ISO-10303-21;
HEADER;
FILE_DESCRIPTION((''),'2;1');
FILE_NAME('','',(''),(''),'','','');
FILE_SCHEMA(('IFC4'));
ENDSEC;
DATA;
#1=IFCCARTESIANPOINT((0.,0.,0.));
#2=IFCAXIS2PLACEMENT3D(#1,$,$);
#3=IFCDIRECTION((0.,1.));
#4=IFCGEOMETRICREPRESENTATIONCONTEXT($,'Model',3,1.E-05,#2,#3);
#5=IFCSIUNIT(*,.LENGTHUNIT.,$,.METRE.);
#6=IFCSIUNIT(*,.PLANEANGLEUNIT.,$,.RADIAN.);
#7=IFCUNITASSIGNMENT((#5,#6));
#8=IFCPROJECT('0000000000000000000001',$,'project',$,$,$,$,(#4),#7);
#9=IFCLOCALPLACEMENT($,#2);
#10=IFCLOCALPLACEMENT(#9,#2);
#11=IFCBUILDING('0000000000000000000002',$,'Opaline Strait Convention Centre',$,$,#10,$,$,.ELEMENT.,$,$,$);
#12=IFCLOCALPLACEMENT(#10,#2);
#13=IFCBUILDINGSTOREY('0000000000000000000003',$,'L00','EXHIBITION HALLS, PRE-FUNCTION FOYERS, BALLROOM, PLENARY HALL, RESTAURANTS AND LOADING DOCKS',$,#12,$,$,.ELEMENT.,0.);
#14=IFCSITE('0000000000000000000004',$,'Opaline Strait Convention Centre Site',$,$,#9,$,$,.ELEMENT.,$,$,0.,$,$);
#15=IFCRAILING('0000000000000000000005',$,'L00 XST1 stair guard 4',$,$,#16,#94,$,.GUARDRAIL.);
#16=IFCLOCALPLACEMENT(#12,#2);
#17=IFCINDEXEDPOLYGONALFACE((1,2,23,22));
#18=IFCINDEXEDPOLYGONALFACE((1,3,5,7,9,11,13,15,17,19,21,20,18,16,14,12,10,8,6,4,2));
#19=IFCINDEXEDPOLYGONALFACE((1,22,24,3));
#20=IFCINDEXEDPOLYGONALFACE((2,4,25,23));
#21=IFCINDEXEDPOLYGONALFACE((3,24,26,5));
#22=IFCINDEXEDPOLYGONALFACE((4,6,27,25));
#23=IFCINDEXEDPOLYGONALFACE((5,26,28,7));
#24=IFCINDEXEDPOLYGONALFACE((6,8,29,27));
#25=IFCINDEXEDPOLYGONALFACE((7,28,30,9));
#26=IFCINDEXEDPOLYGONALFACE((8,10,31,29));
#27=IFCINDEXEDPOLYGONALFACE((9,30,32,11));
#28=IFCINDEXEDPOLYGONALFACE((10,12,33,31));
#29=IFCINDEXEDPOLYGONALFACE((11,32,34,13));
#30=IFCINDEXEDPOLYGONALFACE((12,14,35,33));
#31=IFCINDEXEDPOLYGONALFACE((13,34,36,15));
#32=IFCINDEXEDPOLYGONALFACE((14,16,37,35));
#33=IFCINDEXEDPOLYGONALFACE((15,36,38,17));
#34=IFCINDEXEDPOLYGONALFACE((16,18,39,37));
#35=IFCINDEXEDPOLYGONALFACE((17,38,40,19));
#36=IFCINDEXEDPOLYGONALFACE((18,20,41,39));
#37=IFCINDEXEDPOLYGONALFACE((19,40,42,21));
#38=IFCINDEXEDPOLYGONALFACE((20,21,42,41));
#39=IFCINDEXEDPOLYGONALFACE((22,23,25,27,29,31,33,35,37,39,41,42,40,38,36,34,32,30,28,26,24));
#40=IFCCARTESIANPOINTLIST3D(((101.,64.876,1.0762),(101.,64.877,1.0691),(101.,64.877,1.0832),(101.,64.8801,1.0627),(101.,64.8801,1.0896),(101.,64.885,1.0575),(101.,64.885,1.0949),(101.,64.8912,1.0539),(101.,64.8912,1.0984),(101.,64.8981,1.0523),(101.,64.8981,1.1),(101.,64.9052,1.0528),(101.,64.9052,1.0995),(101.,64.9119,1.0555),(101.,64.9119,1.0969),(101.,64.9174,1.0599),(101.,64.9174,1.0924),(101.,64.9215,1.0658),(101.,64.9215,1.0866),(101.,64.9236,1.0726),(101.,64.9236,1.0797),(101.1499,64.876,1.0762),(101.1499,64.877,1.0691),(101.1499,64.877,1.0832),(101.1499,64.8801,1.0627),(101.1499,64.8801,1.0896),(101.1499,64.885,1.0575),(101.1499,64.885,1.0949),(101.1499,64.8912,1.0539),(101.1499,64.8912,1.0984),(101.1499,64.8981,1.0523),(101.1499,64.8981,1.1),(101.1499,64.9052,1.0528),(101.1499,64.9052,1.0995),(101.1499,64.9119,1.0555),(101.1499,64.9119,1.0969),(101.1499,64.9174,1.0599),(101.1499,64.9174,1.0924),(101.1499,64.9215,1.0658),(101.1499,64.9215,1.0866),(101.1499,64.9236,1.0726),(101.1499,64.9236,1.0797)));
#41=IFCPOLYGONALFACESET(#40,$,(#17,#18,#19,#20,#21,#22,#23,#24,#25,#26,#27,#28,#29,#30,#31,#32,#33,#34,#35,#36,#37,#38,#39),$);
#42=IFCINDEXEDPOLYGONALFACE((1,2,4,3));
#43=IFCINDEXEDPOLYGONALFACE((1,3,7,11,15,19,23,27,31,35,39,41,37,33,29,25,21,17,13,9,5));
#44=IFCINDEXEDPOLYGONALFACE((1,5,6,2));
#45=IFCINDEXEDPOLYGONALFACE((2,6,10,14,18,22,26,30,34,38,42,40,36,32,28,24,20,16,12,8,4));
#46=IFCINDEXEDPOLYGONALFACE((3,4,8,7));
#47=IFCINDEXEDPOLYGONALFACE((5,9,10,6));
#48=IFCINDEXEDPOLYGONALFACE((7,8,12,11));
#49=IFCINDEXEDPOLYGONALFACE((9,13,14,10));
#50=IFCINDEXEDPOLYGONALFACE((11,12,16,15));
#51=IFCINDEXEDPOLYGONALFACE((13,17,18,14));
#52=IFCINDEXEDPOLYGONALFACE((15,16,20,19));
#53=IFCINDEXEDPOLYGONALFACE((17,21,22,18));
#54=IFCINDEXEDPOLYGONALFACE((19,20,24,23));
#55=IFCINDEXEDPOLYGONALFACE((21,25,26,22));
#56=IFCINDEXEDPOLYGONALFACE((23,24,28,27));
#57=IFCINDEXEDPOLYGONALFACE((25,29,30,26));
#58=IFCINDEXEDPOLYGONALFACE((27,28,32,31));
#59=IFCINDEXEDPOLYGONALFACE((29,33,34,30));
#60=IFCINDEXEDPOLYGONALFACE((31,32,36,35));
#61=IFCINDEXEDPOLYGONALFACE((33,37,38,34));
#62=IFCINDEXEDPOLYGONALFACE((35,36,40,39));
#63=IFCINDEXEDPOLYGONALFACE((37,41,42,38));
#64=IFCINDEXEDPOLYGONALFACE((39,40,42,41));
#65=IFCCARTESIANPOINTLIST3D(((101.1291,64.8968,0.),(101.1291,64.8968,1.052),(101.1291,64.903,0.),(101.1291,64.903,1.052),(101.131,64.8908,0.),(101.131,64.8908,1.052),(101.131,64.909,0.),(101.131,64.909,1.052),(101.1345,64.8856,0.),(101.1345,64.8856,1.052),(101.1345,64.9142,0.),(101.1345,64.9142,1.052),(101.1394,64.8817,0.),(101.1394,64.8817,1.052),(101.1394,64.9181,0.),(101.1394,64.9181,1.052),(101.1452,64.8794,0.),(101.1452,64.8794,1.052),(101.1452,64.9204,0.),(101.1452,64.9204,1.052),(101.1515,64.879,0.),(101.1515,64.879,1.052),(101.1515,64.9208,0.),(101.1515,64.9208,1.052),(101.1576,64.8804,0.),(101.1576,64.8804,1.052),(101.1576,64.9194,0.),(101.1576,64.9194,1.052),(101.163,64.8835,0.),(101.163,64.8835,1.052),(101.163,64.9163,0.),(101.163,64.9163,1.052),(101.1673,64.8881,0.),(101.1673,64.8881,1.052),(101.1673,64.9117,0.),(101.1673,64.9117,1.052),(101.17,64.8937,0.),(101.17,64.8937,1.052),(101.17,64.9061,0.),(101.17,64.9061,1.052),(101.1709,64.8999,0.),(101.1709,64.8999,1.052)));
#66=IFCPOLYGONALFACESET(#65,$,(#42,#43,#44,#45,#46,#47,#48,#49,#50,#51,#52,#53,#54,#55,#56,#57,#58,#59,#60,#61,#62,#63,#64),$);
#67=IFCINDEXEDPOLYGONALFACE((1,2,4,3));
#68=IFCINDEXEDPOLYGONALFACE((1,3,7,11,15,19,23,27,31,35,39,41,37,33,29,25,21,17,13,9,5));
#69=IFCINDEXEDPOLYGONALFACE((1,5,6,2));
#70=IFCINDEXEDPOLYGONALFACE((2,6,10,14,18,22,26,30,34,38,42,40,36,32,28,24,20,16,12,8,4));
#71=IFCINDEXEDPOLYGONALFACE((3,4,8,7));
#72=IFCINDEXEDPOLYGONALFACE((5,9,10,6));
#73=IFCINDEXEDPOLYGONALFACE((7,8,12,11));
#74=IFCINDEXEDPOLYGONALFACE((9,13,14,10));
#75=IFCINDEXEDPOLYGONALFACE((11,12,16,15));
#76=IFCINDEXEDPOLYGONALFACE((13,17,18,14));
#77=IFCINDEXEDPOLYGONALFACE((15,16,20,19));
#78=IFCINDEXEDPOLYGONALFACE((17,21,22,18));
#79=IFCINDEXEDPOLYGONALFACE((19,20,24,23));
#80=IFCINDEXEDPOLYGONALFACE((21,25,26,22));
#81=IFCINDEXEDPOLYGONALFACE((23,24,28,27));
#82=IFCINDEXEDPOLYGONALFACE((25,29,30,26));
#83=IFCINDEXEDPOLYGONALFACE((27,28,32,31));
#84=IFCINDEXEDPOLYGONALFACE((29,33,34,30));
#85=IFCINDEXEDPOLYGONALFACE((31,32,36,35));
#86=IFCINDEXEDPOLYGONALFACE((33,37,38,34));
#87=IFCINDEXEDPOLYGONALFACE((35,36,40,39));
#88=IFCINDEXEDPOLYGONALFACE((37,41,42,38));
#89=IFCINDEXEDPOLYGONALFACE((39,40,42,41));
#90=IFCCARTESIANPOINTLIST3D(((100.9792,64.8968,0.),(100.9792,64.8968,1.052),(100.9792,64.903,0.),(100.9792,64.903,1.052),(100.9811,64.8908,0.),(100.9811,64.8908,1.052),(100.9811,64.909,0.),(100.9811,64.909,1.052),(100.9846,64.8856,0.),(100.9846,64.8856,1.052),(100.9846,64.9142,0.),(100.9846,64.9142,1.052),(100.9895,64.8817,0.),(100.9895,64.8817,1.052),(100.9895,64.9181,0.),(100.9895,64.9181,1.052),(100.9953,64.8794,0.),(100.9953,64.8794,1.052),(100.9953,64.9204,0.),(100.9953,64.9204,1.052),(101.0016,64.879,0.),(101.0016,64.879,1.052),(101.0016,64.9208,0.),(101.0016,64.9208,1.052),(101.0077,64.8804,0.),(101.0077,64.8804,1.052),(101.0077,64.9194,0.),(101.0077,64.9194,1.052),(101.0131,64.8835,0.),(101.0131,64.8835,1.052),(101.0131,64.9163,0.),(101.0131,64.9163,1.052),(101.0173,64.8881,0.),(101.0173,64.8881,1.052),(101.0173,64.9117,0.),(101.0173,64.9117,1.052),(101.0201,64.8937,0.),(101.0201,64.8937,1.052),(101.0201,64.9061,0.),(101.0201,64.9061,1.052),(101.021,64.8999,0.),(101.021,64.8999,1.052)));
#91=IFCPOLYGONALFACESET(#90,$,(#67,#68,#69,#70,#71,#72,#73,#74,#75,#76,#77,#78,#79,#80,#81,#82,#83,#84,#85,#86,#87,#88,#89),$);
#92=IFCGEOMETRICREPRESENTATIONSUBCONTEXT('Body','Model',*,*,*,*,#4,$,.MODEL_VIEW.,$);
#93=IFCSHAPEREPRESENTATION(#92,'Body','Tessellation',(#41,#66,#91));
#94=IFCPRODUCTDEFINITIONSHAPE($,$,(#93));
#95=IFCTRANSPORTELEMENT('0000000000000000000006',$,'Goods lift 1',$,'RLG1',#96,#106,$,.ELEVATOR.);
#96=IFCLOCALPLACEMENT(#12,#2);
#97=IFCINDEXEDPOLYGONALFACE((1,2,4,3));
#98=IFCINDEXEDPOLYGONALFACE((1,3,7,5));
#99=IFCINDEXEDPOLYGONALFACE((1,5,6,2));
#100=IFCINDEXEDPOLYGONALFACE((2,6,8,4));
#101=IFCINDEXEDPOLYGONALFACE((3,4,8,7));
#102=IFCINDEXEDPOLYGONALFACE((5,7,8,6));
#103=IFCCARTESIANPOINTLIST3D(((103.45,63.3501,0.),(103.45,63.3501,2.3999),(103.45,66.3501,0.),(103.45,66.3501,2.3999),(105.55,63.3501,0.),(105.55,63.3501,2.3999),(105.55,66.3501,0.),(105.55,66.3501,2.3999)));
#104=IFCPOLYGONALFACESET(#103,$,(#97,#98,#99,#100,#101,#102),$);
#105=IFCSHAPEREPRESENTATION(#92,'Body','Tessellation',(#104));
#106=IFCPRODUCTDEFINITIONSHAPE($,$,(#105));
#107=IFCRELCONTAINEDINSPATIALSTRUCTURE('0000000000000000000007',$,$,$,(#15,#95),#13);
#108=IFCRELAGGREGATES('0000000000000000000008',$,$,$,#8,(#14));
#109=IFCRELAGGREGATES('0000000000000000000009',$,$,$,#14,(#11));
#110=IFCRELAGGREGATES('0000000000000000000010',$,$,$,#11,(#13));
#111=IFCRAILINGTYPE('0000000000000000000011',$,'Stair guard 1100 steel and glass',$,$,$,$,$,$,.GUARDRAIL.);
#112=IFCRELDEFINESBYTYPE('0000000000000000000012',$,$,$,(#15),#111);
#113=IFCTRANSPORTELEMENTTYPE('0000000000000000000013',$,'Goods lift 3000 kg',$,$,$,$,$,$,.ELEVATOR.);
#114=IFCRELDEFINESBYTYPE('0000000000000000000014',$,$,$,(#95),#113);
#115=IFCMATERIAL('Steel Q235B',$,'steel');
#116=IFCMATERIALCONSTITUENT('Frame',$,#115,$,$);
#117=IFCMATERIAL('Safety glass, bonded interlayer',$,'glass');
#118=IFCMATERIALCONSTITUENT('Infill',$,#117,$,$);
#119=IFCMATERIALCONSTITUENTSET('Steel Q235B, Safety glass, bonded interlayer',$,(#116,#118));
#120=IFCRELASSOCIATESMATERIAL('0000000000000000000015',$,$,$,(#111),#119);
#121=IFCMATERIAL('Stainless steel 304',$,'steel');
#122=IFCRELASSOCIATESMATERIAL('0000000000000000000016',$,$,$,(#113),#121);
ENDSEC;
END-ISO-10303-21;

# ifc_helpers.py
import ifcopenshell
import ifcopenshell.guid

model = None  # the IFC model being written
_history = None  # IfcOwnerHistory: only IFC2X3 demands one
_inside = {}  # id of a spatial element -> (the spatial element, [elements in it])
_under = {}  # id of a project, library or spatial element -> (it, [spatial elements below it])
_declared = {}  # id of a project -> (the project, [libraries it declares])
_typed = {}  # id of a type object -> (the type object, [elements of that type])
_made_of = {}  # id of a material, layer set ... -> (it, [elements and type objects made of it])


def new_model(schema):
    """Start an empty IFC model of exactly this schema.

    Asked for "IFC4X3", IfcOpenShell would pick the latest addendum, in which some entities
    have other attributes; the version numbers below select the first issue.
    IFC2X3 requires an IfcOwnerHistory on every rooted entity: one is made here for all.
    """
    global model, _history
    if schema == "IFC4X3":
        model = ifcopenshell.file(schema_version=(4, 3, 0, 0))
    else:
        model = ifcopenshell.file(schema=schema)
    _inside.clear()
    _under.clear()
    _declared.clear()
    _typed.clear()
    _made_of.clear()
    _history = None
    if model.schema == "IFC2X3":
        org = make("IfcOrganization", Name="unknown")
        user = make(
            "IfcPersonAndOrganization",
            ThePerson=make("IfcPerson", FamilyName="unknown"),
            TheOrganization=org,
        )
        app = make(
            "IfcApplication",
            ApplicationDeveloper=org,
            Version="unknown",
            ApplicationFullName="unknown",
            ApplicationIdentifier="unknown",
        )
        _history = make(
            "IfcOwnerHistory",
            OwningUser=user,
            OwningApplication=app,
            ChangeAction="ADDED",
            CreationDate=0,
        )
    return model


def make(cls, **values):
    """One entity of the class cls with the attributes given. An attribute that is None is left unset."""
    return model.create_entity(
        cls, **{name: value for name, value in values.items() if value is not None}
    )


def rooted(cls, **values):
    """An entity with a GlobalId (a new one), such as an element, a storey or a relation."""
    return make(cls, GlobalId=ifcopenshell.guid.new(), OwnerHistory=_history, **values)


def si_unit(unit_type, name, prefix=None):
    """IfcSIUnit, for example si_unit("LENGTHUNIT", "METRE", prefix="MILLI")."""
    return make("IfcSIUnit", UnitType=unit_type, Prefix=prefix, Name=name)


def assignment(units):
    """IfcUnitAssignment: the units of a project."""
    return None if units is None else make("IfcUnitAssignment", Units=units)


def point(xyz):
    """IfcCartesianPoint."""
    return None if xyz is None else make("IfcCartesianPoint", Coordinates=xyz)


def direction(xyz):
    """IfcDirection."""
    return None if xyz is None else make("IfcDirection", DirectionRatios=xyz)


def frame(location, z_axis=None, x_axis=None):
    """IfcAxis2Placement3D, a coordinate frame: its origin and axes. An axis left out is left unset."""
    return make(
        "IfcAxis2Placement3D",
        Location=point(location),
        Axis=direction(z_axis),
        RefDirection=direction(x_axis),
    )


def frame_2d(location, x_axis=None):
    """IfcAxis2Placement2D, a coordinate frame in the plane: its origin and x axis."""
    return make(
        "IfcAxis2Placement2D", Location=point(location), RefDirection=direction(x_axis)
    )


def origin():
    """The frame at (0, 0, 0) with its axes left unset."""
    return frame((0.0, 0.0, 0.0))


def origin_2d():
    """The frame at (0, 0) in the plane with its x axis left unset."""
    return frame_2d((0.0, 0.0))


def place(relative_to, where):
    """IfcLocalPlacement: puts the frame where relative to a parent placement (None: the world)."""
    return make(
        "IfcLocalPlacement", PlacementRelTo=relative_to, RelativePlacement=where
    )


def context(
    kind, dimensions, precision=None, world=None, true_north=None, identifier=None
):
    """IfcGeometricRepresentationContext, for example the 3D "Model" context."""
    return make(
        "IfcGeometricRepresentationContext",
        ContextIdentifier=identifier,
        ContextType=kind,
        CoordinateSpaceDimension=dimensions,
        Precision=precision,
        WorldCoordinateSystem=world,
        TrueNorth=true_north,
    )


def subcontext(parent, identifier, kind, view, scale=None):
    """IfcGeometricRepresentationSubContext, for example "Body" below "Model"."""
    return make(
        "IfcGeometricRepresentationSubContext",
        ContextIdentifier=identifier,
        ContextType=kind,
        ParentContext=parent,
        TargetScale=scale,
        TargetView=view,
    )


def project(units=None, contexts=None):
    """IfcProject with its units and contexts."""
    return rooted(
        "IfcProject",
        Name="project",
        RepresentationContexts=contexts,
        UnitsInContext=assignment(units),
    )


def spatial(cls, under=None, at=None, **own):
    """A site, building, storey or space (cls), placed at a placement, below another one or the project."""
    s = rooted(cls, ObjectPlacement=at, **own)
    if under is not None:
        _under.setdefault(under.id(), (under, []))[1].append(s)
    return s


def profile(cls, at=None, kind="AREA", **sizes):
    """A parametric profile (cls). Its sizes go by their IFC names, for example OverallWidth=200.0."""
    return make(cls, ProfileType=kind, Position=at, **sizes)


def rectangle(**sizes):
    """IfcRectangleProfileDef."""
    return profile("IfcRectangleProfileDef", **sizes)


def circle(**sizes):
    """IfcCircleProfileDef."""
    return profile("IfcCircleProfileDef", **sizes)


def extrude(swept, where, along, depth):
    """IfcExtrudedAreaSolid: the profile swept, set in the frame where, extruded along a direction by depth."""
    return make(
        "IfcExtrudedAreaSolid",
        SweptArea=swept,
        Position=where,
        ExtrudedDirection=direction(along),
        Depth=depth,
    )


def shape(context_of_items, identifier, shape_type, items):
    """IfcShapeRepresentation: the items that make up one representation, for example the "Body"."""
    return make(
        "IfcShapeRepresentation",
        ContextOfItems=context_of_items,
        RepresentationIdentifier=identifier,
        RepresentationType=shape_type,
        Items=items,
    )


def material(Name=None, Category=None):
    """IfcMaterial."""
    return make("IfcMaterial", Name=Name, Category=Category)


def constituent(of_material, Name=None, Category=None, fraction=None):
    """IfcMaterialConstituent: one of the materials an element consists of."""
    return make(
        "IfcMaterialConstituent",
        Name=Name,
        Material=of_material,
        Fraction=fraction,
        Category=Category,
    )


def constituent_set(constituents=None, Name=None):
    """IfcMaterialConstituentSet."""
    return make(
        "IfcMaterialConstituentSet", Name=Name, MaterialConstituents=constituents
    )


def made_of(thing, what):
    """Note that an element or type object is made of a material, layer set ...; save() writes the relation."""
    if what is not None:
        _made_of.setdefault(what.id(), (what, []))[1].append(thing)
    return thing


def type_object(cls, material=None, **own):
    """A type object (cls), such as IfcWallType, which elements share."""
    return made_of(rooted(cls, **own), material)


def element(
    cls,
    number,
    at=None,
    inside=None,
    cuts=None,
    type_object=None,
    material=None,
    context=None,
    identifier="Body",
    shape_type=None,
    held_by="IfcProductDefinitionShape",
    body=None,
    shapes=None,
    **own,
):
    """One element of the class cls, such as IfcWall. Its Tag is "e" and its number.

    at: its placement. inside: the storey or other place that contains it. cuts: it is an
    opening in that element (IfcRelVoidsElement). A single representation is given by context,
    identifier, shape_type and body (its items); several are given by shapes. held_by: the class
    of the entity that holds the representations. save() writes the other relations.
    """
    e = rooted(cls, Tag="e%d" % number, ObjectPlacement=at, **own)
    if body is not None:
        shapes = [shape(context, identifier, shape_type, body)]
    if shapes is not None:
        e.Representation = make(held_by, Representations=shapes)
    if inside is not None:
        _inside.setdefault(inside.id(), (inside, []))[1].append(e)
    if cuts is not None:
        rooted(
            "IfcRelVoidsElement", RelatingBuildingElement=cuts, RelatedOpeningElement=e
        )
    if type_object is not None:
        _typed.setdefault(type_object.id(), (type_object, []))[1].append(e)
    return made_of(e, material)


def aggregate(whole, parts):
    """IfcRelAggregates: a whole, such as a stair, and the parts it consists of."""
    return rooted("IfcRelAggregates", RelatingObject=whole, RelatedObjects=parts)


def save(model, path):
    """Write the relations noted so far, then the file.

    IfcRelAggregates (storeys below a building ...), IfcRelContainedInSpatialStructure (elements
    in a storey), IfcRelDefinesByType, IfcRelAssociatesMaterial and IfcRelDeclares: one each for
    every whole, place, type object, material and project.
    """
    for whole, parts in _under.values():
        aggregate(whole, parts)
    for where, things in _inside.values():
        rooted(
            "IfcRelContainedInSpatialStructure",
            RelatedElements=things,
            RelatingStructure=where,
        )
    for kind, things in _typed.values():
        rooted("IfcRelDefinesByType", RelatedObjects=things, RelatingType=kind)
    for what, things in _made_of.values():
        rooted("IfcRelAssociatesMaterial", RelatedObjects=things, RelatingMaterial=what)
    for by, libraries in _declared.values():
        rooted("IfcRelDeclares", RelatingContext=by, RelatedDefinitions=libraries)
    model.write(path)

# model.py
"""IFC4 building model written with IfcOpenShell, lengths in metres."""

from ifc_helpers import new_model, si_unit, direction, frame, origin, origin_2d, place, context, subcontext, project, spatial, rectangle, circle, extrude, material, constituent, constituent_set, type_object, element, save


model = new_model("IFC4")

# Units and contexts
model_context = context("Model", 3, precision=1e-05, world=origin(), true_north=direction((0.0, 1.0)))
body_context = subcontext(model_context, "Body", "Model", "MODEL_VIEW")
ifc_project = project(units=[si_unit("LENGTHUNIT", "METRE"), si_unit("PLANEANGLEUNIT", "RADIAN")], contexts=[model_context])

# Site, building, storey
site_placement = place(None, origin())
site = spatial("IfcSite", under=ifc_project, at=site_placement, Name="Opaline Strait Convention Centre Site", CompositionType="ELEMENT", RefElevation=0.0)
building_placement = place(site_placement, origin())
building = spatial("IfcBuilding", under=site, at=building_placement, Name="Opaline Strait Convention Centre", CompositionType="ELEMENT")
storey_placement = place(building_placement, origin())
storey = spatial("IfcBuildingStorey", under=building, at=storey_placement, Name="L00", Description="EXHIBITION HALLS, PRE-FUNCTION FOYERS, BALLROOM, PLENARY HALL, RESTAURANTS AND LOADING DOCKS", CompositionType="ELEMENT", Elevation=0.0)

# Railing
ifc_material_1 = material(Name="Steel Q235B", Category="steel")
ifc_constituent_1 = constituent(ifc_material_1, Name="Frame")
ifc_material_2 = material(Name="Safety glass, bonded interlayer", Category="glass")
ifc_constituent_2 = constituent(ifc_material_2, Name="Infill")
ifc_constituent_set = constituent_set(constituents=[ifc_constituent_1, ifc_constituent_2], Name="Steel Q235B, Safety glass, bonded interlayer")
railing_type_1 = type_object("IfcRailingType", Name="Stair guard 1100 steel and glass", PredefinedType="GUARDRAIL", material=ifc_constituent_set)
railing_1_placement = place(storey_placement, frame((101.1499, 64.8999, 0.0)))
element("IfcRailing", 1, at=railing_1_placement, inside=storey, type_object=railing_type_1, Name="L00 XST1 stair guard 4", PredefinedType="GUARDRAIL", context=body_context, shape_type="SweptSolid", body=[
    extrude(circle(Radius=0.0239, at=origin_2d()), frame((0.0, 0.0, 1.0762), z_axis=(-1.0, 0.0, 0.0), x_axis=(0.0, -1.0, 0.0)), (0.0, 0.0, 1.0), 0.1499),
    extrude(circle(Radius=0.021, at=origin_2d()), origin(), (0.0, 0.0, 1.0), 1.052),
    extrude(circle(Radius=0.021, at=origin_2d()), frame((-0.1499, 0.0, 0.0)), (0.0, 0.0, 1.0), 1.052),
])
ifc_material_3 = material(Name="Stainless steel 304", Category="steel")

# Transport element
transport_element_type = type_object("IfcTransportElementType", Name="Goods lift 3000 kg", PredefinedType="ELEVATOR", material=ifc_material_3)
transport_element_placement = place(storey_placement, frame((104.5, 64.8501, 0.0), z_axis=(0.0, 0.0, 1.0), x_axis=(1.0, 0.0, 0.0)))
element("IfcTransportElement", 2, at=transport_element_placement, inside=storey, type_object=transport_element_type, Name="Goods lift 1", ObjectType="RLG1", PredefinedType="ELEVATOR", context=body_context, shape_type="SweptSolid", body=[
    extrude(rectangle(XDim=2.1001, YDim=3.0, at=origin_2d()), origin(), (0.0, 0.0, 1.0), 2.3999),
])

save(model, "model.ifc")
